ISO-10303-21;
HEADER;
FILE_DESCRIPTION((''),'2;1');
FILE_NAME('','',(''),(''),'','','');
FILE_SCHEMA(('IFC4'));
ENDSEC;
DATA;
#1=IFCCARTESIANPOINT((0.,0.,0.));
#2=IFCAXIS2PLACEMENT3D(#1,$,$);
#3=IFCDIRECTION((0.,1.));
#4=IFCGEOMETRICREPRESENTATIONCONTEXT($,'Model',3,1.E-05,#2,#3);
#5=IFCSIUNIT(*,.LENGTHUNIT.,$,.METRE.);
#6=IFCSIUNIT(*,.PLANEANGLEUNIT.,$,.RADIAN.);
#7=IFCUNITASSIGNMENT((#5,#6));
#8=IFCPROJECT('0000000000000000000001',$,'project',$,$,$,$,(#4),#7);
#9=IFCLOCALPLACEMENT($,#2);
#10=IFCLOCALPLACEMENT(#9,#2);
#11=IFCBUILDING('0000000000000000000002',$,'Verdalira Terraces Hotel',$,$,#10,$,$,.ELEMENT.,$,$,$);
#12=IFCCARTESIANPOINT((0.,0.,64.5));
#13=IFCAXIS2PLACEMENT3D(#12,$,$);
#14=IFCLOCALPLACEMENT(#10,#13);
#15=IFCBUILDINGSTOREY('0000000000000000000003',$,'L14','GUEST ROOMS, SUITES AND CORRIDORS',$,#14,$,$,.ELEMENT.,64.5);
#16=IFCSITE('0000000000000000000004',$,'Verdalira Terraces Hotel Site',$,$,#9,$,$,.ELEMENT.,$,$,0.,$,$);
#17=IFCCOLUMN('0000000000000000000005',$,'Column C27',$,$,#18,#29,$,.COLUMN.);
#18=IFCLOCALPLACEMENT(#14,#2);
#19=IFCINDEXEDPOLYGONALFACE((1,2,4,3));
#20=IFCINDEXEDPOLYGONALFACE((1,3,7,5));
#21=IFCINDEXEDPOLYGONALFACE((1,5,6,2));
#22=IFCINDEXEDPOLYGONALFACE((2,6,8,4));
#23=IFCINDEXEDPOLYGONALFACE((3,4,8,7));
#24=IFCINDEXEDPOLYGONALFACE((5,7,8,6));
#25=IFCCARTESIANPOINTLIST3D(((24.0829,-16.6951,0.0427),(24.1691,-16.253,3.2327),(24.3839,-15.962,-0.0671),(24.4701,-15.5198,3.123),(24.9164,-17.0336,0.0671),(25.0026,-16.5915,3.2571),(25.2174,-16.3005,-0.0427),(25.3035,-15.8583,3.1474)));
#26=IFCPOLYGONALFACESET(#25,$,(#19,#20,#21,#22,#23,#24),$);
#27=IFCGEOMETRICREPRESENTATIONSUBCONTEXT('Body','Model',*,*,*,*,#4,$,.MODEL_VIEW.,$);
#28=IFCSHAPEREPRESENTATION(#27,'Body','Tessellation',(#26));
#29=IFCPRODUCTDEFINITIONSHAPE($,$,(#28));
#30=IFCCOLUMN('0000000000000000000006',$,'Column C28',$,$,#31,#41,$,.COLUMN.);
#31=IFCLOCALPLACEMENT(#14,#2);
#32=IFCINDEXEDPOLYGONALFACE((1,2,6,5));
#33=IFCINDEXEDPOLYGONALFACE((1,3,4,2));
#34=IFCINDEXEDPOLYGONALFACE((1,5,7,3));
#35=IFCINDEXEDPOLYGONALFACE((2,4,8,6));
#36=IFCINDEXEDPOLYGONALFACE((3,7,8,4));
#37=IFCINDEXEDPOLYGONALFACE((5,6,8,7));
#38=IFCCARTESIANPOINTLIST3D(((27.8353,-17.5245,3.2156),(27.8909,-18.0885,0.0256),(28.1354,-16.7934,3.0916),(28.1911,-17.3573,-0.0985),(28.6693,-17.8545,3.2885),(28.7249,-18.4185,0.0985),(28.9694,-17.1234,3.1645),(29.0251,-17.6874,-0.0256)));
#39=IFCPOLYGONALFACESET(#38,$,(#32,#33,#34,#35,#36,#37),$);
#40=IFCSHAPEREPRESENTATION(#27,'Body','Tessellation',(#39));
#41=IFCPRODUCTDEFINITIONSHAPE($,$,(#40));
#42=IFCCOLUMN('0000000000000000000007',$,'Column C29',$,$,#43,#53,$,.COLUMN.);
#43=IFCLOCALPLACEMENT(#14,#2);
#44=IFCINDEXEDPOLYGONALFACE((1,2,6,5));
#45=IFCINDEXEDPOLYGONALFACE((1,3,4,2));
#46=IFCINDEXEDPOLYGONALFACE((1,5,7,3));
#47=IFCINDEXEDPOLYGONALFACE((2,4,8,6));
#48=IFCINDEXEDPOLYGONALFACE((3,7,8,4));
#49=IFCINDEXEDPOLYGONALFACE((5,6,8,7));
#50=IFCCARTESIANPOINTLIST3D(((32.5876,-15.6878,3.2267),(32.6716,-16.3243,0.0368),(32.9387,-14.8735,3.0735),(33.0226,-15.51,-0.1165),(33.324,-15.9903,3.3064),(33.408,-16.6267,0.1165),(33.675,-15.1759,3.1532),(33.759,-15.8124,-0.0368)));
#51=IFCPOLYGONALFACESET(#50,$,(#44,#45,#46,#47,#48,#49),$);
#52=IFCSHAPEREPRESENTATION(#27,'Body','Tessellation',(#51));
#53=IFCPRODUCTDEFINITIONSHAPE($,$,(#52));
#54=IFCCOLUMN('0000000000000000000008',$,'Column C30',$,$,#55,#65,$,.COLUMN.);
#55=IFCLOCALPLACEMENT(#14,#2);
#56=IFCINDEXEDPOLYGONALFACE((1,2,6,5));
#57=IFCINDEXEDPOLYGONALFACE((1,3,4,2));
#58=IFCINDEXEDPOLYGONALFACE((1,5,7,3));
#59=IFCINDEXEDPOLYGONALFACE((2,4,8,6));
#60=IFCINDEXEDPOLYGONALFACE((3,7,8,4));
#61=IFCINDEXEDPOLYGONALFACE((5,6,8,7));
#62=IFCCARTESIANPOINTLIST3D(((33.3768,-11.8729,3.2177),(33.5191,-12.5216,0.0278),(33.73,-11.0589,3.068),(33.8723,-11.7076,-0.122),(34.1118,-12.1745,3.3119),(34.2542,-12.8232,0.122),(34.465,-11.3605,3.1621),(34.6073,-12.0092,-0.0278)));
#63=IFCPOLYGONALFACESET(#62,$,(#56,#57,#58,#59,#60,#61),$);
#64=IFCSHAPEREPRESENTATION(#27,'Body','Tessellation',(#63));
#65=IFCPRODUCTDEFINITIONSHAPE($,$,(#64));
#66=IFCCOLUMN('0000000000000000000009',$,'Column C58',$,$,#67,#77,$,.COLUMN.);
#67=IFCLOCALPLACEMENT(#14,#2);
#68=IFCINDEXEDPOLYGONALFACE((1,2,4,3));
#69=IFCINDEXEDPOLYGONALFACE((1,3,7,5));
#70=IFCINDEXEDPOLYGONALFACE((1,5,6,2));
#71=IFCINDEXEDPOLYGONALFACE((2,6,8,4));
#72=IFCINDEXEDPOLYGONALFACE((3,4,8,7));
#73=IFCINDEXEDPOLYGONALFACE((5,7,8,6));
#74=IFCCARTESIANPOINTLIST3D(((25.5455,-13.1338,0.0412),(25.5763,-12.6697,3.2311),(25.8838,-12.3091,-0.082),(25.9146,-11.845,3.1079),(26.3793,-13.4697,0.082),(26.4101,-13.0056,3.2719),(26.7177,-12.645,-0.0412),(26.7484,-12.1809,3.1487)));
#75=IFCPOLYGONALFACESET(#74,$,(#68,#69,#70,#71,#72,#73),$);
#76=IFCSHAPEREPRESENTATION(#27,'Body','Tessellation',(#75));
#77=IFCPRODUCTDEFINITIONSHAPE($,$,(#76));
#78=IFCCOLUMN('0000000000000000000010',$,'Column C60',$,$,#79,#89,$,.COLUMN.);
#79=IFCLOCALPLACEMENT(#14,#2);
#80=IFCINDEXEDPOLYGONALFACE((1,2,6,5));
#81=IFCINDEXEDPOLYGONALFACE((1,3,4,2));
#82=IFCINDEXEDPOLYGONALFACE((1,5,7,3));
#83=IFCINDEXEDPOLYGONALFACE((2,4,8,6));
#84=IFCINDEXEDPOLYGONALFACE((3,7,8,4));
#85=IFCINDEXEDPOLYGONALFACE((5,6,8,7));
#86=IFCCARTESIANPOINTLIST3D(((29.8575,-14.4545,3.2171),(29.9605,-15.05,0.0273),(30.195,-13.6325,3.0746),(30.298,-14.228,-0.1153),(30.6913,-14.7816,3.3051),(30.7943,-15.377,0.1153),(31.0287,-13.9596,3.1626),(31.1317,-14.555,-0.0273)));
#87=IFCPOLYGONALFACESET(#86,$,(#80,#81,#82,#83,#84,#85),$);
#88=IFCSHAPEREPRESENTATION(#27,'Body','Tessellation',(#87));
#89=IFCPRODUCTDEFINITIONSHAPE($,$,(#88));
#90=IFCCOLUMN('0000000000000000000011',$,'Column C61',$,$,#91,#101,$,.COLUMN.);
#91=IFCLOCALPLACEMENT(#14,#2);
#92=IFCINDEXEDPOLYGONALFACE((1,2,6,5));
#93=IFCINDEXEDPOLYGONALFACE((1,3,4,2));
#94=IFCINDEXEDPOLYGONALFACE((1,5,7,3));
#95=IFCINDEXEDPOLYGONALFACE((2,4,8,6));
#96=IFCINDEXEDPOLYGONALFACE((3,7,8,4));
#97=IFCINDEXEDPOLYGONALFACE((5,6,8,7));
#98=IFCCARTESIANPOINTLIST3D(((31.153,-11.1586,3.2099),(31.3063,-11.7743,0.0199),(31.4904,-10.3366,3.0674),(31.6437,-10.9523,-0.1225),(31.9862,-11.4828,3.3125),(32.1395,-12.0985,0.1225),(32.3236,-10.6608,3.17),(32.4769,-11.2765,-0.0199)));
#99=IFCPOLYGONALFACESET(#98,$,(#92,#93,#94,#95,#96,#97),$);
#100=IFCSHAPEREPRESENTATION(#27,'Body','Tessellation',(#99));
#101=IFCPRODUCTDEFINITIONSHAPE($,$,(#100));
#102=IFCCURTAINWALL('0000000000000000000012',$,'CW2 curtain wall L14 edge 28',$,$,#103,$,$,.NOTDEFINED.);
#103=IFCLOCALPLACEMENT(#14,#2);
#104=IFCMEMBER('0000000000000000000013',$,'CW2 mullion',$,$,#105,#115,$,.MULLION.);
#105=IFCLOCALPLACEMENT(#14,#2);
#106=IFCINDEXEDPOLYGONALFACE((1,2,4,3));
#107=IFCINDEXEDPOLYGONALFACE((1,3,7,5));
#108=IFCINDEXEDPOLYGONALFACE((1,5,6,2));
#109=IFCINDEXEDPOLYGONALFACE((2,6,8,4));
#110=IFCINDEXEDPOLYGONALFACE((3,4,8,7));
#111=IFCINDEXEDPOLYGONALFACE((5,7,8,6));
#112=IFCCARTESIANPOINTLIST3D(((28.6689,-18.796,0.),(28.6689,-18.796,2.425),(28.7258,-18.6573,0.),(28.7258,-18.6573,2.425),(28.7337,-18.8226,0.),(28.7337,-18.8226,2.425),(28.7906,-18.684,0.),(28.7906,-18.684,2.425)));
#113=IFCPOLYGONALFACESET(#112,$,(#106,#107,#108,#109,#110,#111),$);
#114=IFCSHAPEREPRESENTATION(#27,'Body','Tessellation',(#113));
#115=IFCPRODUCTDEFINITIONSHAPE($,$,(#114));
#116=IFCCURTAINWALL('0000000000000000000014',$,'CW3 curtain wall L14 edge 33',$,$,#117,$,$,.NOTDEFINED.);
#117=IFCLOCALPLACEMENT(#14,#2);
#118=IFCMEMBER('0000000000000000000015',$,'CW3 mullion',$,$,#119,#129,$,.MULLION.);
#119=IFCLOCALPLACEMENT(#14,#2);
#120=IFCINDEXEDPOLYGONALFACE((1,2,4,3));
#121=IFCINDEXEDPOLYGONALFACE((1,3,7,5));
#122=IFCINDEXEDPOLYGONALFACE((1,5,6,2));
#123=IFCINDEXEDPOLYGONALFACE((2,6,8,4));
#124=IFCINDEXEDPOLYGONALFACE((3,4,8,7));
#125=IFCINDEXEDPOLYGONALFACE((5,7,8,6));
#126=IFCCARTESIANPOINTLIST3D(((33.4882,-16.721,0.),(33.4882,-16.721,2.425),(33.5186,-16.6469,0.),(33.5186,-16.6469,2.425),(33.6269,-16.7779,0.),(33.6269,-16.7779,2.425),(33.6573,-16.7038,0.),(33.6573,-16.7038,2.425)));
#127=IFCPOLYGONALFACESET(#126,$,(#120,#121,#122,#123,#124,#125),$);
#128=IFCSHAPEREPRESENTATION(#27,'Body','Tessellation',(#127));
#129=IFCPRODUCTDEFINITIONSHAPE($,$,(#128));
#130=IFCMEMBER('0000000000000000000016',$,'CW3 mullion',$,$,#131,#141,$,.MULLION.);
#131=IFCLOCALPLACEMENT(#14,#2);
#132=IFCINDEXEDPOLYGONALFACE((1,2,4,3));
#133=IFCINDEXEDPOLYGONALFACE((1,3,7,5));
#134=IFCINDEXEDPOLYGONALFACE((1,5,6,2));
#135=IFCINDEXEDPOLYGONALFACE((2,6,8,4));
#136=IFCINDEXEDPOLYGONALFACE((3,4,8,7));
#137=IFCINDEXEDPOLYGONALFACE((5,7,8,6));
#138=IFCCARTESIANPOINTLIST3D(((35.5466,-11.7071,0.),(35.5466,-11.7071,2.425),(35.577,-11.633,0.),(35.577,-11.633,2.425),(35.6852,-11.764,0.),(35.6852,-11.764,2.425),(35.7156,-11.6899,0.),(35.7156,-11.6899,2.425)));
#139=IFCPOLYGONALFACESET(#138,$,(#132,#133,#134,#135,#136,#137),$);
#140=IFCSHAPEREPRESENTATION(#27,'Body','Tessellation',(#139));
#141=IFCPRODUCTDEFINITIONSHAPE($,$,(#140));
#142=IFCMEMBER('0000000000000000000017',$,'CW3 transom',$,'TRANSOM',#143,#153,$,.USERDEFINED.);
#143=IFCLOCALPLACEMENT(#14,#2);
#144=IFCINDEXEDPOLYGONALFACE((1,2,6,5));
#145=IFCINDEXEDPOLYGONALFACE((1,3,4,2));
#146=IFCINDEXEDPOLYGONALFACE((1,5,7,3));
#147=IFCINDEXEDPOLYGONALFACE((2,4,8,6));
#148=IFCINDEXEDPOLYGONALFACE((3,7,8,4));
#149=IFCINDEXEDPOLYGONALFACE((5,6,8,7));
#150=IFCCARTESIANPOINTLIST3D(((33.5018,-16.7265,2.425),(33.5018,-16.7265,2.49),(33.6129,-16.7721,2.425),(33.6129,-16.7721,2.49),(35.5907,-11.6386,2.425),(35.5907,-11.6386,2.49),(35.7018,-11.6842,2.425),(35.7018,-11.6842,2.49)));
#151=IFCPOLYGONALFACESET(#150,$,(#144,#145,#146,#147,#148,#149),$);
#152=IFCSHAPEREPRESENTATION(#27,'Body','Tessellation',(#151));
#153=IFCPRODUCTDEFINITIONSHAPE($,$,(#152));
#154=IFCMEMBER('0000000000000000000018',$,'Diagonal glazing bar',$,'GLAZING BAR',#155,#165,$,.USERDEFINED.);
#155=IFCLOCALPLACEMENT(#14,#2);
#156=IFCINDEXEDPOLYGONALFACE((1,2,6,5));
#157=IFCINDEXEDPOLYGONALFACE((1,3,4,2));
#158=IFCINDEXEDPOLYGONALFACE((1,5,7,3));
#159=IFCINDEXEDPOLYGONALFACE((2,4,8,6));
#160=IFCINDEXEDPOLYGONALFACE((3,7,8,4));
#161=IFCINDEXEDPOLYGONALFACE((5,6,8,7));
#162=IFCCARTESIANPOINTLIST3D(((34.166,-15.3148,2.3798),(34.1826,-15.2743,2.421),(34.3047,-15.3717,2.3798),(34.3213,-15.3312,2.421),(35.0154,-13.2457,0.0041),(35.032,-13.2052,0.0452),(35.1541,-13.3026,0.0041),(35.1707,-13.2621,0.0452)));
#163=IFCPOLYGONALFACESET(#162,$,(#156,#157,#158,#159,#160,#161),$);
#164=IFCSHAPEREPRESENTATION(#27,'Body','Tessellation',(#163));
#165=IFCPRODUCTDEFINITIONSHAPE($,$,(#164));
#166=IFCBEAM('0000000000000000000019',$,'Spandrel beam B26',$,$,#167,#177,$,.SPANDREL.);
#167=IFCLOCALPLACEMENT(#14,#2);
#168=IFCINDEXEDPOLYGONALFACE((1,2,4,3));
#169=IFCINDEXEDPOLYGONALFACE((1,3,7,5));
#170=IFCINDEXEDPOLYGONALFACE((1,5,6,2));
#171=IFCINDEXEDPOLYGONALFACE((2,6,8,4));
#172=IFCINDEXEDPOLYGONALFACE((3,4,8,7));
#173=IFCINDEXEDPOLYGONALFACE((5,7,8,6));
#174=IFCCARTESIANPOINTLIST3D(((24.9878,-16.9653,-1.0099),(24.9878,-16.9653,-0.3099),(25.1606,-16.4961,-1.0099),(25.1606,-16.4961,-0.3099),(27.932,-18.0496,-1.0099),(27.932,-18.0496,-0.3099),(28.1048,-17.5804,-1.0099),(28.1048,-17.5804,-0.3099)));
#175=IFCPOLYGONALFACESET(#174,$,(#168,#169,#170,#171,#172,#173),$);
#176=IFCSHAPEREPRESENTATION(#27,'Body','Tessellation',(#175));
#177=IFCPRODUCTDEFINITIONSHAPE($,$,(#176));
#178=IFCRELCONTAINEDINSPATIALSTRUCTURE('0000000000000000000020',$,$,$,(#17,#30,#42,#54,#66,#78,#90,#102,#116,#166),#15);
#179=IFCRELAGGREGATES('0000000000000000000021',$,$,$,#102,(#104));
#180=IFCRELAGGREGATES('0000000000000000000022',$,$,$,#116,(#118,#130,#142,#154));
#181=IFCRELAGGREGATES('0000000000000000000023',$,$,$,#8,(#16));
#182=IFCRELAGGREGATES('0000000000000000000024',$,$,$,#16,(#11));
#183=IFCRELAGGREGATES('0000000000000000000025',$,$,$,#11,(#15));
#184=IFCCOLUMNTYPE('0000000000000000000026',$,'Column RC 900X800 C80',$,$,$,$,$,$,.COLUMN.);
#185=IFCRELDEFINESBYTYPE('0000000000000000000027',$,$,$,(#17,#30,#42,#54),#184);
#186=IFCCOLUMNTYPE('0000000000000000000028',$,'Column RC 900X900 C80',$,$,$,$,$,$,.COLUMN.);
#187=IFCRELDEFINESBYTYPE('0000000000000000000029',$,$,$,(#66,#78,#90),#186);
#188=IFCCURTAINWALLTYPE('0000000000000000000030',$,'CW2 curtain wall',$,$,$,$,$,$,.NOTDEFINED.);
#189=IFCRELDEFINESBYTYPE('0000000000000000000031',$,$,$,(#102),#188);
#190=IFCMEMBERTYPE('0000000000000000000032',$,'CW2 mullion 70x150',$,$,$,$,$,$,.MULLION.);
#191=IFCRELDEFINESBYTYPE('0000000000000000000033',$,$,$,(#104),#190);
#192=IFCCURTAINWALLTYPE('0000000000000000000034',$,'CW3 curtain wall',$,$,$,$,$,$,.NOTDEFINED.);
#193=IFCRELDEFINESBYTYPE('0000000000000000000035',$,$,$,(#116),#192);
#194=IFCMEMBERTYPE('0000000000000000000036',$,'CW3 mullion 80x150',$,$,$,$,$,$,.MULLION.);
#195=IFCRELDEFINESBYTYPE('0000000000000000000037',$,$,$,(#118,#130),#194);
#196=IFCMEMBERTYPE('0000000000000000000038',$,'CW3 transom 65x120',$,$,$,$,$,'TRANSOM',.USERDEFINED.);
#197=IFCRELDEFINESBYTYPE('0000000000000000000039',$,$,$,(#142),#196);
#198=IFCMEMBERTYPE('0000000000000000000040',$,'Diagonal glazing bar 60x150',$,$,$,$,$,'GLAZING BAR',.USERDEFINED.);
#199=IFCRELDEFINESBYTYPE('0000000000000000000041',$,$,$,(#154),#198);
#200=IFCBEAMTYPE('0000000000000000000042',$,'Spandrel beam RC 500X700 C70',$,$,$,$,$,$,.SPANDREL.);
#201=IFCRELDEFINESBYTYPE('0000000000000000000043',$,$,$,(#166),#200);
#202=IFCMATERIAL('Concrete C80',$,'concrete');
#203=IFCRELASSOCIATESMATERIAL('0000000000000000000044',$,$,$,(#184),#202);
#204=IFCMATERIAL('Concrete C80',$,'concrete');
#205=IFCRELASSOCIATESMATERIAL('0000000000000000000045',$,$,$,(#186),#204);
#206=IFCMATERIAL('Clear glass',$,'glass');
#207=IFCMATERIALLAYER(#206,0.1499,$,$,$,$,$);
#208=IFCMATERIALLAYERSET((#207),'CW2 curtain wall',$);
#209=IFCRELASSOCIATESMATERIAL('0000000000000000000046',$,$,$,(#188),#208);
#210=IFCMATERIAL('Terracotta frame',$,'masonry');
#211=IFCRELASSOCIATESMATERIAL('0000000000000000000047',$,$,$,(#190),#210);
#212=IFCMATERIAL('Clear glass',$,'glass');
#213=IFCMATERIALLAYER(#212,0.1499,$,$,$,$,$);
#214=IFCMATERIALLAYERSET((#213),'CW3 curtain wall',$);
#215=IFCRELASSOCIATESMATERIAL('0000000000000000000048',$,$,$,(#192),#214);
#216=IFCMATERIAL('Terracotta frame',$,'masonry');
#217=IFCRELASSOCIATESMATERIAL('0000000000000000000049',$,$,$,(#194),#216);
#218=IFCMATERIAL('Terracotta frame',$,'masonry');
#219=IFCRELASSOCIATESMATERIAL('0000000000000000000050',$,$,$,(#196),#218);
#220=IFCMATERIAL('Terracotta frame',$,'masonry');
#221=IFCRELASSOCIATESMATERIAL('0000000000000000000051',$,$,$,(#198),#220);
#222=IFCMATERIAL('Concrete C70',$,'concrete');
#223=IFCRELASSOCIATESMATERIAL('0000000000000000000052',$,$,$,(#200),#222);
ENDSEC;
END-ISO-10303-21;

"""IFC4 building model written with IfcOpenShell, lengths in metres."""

from ifc_helpers import new_model, si_unit, direction, frame, origin, origin_2d, place, context, subcontext, project, spatial, rectangle, extrude, material, layer, layer_set, material_profile, profile_set, type_object, element, aggregate, save


model = new_model("IFC4")

# Units and contexts
model_context = context("Model", 3, precision=1e-05, world=origin(), true_north=direction((0.0, 1.0)))
body_context = subcontext(model_context, "Body", "Model", "MODEL_VIEW")
ifc_project = project(units=[si_unit("LENGTHUNIT", "METRE"), si_unit("PLANEANGLEUNIT", "RADIAN")], contexts=[model_context])

# Site, building, storey
site_placement = place(None, origin())
site = spatial("IfcSite", under=ifc_project, at=site_placement, Name="Verdalira Terraces Hotel Site", CompositionType="ELEMENT", RefElevation=0.0)
building_placement = place(site_placement, origin())
building = spatial("IfcBuilding", under=site, at=building_placement, Name="Verdalira Terraces Hotel", CompositionType="ELEMENT")
storey_placement = place(building_placement, frame((0.0, 0.0, 64.5)))
storey = spatial("IfcBuildingStorey", under=building, at=storey_placement, Name="L14", Description="GUEST ROOMS, SUITES AND CORRIDORS", CompositionType="ELEMENT", Elevation=64.5)

# Columns
ifc_material_1 = material(Name="Concrete C80", Category="concrete")
ifc_material_profile_1 = material_profile(ifc_material_1, rectangle(XDim=0.8999, YDim=0.8, at=origin_2d()), Name="RC 900X800")
ifc_profile_set_1 = profile_set([ifc_material_profile_1], Name="Concrete C80")
column_type_1 = type_object("IfcColumnType", Name="Column RC 900X800 C80", PredefinedType="COLUMN", material=ifc_profile_set_1)
column_1_placement = place(storey_placement, frame((24.6501, -16.4978, 0.0), z_axis=(0.026751, 0.137242, 0.990176), x_axis=(0.926161, -0.376152, 0.027114)))
element("IfcColumn", 1, at=column_1_placement, inside=storey, type_object=column_type_1, Name="Column C27", PredefinedType="COLUMN", context=body_context, shape_type="SweptSolid", body=[
    extrude(rectangle(XDim=0.8999, YDim=0.8, at=origin_2d()), origin(), (0.0, 0.0, 1.0), 3.2217),
])
column_2_placement = place(storey_placement, frame((28.458, -17.8879, 0.0), z_axis=(-0.017181, 0.174069, 0.984584), x_axis=(0.926794, -0.366729, 0.081008)))
element("IfcColumn", 2, at=column_2_placement, inside=storey, type_object=column_type_1, Name="Column C28", PredefinedType="COLUMN", context=body_context, shape_type="SweptSolid", body=[
    extrude(rectangle(XDim=0.8999, YDim=0.8, at=origin_2d()), origin(), (0.0, 0.0, 1.0), 3.24),
])
column_3_placement = place(storey_placement, frame((33.2153, -16.0684, 0.0), z_axis=(-0.02581, 0.195603, 0.980343), x_axis=(0.39006, 0.904907, -0.170283)))
element("IfcColumn", 3, at=column_3_placement, inside=storey, type_object=column_type_1, Name="Column C29", PredefinedType="COLUMN", context=body_context, shape_type="SweptSolid", body=[
    extrude(rectangle(XDim=0.8999, YDim=0.8, at=origin_2d()), origin(), (0.0, 0.0, 1.0), 3.2539),
])
column_4_placement = place(storey_placement, frame((34.0632, -12.2654, 0.0), z_axis=(-0.043683, 0.199084, 0.979008), x_axis=(0.392461, 0.904584, -0.166438)))
element("IfcColumn", 4, at=column_4_placement, inside=storey, type_object=column_type_1, Name="Column C30", PredefinedType="COLUMN", context=body_context, shape_type="SweptSolid", body=[
    extrude(rectangle(XDim=0.8999, YDim=0.8, at=origin_2d()), origin(), (0.0, 0.0, 1.0), 3.2583),
])
ifc_material_2 = material(Name="Concrete C80", Category="concrete")
ifc_material_profile_2 = material_profile(ifc_material_2, rectangle(XDim=0.8999, YDim=0.8999, at=origin_2d()), Name="RC 900X900")
ifc_profile_set_2 = profile_set([ifc_material_profile_2], Name="Concrete C80")
column_type_2 = type_object("IfcColumnType", Name="Column RC 900X900 C80", PredefinedType="COLUMN", material=ifc_profile_set_2)
column_5_placement = place(storey_placement, frame((26.1316, -12.8894, 0.0), z_axis=(0.009542, 0.14397, 0.989536), x_axis=(0.926588, -0.373331, 0.045381)))
element("IfcColumn", 5, at=column_5_placement, inside=storey, type_object=column_type_2, Name="Column C58", PredefinedType="COLUMN", context=body_context, shape_type="SweptSolid", body=[
    extrude(rectangle(XDim=0.8999, YDim=0.8999, at=origin_2d()), origin(), (0.0, 0.0, 1.0), 3.2236),
])
column_6_placement = place(storey_placement, frame((30.5461, -14.8025, 0.0), z_axis=(-0.031733, 0.183406, 0.982525), x_axis=(0.926483, -0.363417, 0.097761)))
element("IfcColumn", 6, at=column_6_placement, inside=storey, type_object=column_type_2, Name="Column C60", PredefinedType="COLUMN", context=body_context, shape_type="SweptSolid", body=[
    extrude(rectangle(XDim=0.8999, YDim=0.8999, at=origin_2d()), origin(), (0.0, 0.0, 1.0), 3.2466),
])
column_7_placement = place(storey_placement, frame((31.8916, -11.5254, 0.0), z_axis=(-0.04714, 0.189311, 0.980785), x_axis=(0.925849, -0.360275, 0.11404)))
element("IfcColumn", 7, at=column_7_placement, inside=storey, type_object=column_type_2, Name="Column C61", PredefinedType="COLUMN", context=body_context, shape_type="SweptSolid", body=[
    extrude(rectangle(XDim=0.8999, YDim=0.8999, at=origin_2d()), origin(), (0.0, 0.0, 1.0), 3.2524),
])

# Curtain wall, member
ifc_material_3 = material(Name="Clear glass", Category="glass")
ifc_layer_1 = layer(ifc_material_3, 0.1499)
ifc_layer_set_1 = layer_set([ifc_layer_1], Name="CW2 curtain wall")
curtain_wall_type_1 = type_object("IfcCurtainWallType", Name="CW2 curtain wall", PredefinedType="NOTDEFINED", material=ifc_layer_set_1)
curtain_wall_1_placement = place(storey_placement, origin())
curtain_wall_1 = element("IfcCurtainWall", 8, at=curtain_wall_1_placement, inside=storey, type_object=curtain_wall_type_1, Name="CW2 curtain wall L14 edge 28", PredefinedType="NOTDEFINED")
ifc_material_4 = material(Name="Terracotta frame", Category="masonry")
ifc_material_profile_3 = material_profile(ifc_material_4, rectangle(XDim=0.0701, YDim=0.1499, at=origin_2d()), Name="MU 70x150")
ifc_profile_set_3 = profile_set([ifc_material_profile_3], Name="Terracotta frame")
member_type_1 = type_object("IfcMemberType", Name="CW2 mullion 70x150", PredefinedType="MULLION", material=ifc_profile_set_3)
member_1_placement = place(storey_placement, frame((28.7297, -18.74, 0.0), z_axis=(0.0, 0.0, 1.0), x_axis=(0.925077, -0.379779, 0.0)))
member_1 = element("IfcMember", 9, at=member_1_placement, type_object=member_type_1, Name="CW2 mullion", PredefinedType="MULLION", context=body_context, shape_type="SweptSolid", body=[
    extrude(rectangle(XDim=0.0701, YDim=0.1499, at=origin_2d()), origin(), (0.0, 0.0, 1.0), 2.425),
])

# Curtain wall, members
ifc_material_5 = material(Name="Clear glass", Category="glass")
ifc_layer_2 = layer(ifc_material_5, 0.1499)
ifc_layer_set_2 = layer_set([ifc_layer_2], Name="CW3 curtain wall")
curtain_wall_type_2 = type_object("IfcCurtainWallType", Name="CW3 curtain wall", PredefinedType="NOTDEFINED", material=ifc_layer_set_2)
curtain_wall_2_placement = place(storey_placement, origin())
curtain_wall_2 = element("IfcCurtainWall", 10, at=curtain_wall_2_placement, inside=storey, type_object=curtain_wall_type_2, Name="CW3 curtain wall L14 edge 33", PredefinedType="NOTDEFINED")
ifc_material_6 = material(Name="Terracotta frame", Category="masonry")
ifc_material_profile_4 = material_profile(ifc_material_6, rectangle(XDim=0.0801, YDim=0.1499, at=origin_2d()), Name="MU 80x150")
ifc_profile_set_4 = profile_set([ifc_material_profile_4], Name="Terracotta frame")
member_type_2 = type_object("IfcMemberType", Name="CW3 mullion 80x150", PredefinedType="MULLION", material=ifc_profile_set_4)
member_2_placement = place(storey_placement, frame((33.5728, -16.7124, 0.0), z_axis=(0.0, 0.0, 1.0), x_axis=(0.379779, 0.925077, 0.0)))
member_2 = element("IfcMember", 11, at=member_2_placement, type_object=member_type_2, Name="CW3 mullion", PredefinedType="MULLION", context=body_context, shape_type="SweptSolid", body=[
    extrude(rectangle(XDim=0.0801, YDim=0.1499, at=origin_2d()), origin(), (0.0, 0.0, 1.0), 2.425),
])
member_3_placement = place(storey_placement, frame((35.6311, -11.6985, 0.0), z_axis=(0.0, 0.0, 1.0), x_axis=(0.379779, 0.925077, 0.0)))
member_3 = element("IfcMember", 12, at=member_3_placement, type_object=member_type_2, Name="CW3 mullion", PredefinedType="MULLION", context=body_context, shape_type="SweptSolid", body=[
    extrude(rectangle(XDim=0.0801, YDim=0.1499, at=origin_2d()), origin(), (0.0, 0.0, 1.0), 2.425),
])
ifc_material_7 = material(Name="Terracotta frame", Category="masonry")
ifc_material_profile_5 = material_profile(ifc_material_7, rectangle(XDim=0.1201, YDim=0.0649, at=origin_2d()), Name="TR 65x120")
ifc_profile_set_5 = profile_set([ifc_material_profile_5], Name="Terracotta frame")
member_type_3 = type_object("IfcMemberType", Name="CW3 transom 65x120", ElementType="TRANSOM", PredefinedType="USERDEFINED", material=ifc_profile_set_5)
member_4_placement = place(storey_placement, frame((33.5574, -16.7493, 2.4575), z_axis=(0.379794, 0.925071, 0.0), x_axis=(-0.925071, 0.379794, 0.0)))
member_4 = element("IfcMember", 13, at=member_4_placement, type_object=member_type_3, Name="CW3 transom", ObjectType="TRANSOM", PredefinedType="USERDEFINED", context=body_context, shape_type="SweptSolid", body=[
    extrude(rectangle(XDim=0.1201, YDim=0.0649, at=origin_2d()), origin(), (0.0, 0.0, 1.0), 5.5),
])
ifc_material_8 = material(Name="Terracotta frame", Category="masonry")
ifc_material_profile_6 = material_profile(ifc_material_8, rectangle(XDim=0.1499, YDim=0.0601, at=origin_2d()), Name="GB 60x150")
ifc_profile_set_6 = profile_set([ifc_material_profile_6], Name="Terracotta frame")
member_type_4 = type_object("IfcMemberType", Name="Diagonal glazing bar 60x150", ElementType="GLAZING BAR", PredefinedType="USERDEFINED", material=ifc_profile_set_6)
member_5_placement = place(storey_placement, frame((34.2437, -15.323, 2.4004), z_axis=(0.260308, 0.634122, -0.728099), x_axis=(-0.925089, 0.37975, 0.0)))
member_5 = element("IfcMember", 14, at=member_5_placement, type_object=member_type_4, Name="Diagonal glazing bar", ObjectType="GLAZING BAR", PredefinedType="USERDEFINED", context=body_context, shape_type="SweptSolid", body=[
    extrude(rectangle(XDim=0.1499, YDim=0.0601, at=origin_2d()), origin(), (0.0, 0.0, 1.0), 3.2629),
])

# Beam
ifc_material_9 = material(Name="Concrete C70", Category="concrete")
ifc_material_profile_7 = material_profile(ifc_material_9, rectangle(XDim=0.5, YDim=0.7, at=origin_2d()), Name="RC 500X700")
ifc_profile_set_7 = profile_set([ifc_material_profile_7], Name="Concrete C70")
beam_type = type_object("IfcBeamType", Name="Spandrel beam RC 500X700 C70", PredefinedType="SPANDREL", material=ifc_profile_set_7)
beam_1_placement = place(storey_placement, frame((25.0742, -16.7307, -0.6599), z_axis=(0.938388, -0.345583, 0.0), x_axis=(0.345583, 0.938388, 0.0)))
element("IfcBeam", 15, at=beam_1_placement, inside=storey, type_object=beam_type, Name="Spandrel beam B26", PredefinedType="SPANDREL", context=body_context, shape_type="SweptSolid", body=[
    extrude(rectangle(XDim=0.5, YDim=0.7, at=origin_2d()), origin(), (0.0, 0.0, 1.0), 3.1375),
])

aggregate(curtain_wall_1, [member_1])
aggregate(curtain_wall_2, [member_2, member_3, member_4, member_5])

save(model, "model.ifc")
